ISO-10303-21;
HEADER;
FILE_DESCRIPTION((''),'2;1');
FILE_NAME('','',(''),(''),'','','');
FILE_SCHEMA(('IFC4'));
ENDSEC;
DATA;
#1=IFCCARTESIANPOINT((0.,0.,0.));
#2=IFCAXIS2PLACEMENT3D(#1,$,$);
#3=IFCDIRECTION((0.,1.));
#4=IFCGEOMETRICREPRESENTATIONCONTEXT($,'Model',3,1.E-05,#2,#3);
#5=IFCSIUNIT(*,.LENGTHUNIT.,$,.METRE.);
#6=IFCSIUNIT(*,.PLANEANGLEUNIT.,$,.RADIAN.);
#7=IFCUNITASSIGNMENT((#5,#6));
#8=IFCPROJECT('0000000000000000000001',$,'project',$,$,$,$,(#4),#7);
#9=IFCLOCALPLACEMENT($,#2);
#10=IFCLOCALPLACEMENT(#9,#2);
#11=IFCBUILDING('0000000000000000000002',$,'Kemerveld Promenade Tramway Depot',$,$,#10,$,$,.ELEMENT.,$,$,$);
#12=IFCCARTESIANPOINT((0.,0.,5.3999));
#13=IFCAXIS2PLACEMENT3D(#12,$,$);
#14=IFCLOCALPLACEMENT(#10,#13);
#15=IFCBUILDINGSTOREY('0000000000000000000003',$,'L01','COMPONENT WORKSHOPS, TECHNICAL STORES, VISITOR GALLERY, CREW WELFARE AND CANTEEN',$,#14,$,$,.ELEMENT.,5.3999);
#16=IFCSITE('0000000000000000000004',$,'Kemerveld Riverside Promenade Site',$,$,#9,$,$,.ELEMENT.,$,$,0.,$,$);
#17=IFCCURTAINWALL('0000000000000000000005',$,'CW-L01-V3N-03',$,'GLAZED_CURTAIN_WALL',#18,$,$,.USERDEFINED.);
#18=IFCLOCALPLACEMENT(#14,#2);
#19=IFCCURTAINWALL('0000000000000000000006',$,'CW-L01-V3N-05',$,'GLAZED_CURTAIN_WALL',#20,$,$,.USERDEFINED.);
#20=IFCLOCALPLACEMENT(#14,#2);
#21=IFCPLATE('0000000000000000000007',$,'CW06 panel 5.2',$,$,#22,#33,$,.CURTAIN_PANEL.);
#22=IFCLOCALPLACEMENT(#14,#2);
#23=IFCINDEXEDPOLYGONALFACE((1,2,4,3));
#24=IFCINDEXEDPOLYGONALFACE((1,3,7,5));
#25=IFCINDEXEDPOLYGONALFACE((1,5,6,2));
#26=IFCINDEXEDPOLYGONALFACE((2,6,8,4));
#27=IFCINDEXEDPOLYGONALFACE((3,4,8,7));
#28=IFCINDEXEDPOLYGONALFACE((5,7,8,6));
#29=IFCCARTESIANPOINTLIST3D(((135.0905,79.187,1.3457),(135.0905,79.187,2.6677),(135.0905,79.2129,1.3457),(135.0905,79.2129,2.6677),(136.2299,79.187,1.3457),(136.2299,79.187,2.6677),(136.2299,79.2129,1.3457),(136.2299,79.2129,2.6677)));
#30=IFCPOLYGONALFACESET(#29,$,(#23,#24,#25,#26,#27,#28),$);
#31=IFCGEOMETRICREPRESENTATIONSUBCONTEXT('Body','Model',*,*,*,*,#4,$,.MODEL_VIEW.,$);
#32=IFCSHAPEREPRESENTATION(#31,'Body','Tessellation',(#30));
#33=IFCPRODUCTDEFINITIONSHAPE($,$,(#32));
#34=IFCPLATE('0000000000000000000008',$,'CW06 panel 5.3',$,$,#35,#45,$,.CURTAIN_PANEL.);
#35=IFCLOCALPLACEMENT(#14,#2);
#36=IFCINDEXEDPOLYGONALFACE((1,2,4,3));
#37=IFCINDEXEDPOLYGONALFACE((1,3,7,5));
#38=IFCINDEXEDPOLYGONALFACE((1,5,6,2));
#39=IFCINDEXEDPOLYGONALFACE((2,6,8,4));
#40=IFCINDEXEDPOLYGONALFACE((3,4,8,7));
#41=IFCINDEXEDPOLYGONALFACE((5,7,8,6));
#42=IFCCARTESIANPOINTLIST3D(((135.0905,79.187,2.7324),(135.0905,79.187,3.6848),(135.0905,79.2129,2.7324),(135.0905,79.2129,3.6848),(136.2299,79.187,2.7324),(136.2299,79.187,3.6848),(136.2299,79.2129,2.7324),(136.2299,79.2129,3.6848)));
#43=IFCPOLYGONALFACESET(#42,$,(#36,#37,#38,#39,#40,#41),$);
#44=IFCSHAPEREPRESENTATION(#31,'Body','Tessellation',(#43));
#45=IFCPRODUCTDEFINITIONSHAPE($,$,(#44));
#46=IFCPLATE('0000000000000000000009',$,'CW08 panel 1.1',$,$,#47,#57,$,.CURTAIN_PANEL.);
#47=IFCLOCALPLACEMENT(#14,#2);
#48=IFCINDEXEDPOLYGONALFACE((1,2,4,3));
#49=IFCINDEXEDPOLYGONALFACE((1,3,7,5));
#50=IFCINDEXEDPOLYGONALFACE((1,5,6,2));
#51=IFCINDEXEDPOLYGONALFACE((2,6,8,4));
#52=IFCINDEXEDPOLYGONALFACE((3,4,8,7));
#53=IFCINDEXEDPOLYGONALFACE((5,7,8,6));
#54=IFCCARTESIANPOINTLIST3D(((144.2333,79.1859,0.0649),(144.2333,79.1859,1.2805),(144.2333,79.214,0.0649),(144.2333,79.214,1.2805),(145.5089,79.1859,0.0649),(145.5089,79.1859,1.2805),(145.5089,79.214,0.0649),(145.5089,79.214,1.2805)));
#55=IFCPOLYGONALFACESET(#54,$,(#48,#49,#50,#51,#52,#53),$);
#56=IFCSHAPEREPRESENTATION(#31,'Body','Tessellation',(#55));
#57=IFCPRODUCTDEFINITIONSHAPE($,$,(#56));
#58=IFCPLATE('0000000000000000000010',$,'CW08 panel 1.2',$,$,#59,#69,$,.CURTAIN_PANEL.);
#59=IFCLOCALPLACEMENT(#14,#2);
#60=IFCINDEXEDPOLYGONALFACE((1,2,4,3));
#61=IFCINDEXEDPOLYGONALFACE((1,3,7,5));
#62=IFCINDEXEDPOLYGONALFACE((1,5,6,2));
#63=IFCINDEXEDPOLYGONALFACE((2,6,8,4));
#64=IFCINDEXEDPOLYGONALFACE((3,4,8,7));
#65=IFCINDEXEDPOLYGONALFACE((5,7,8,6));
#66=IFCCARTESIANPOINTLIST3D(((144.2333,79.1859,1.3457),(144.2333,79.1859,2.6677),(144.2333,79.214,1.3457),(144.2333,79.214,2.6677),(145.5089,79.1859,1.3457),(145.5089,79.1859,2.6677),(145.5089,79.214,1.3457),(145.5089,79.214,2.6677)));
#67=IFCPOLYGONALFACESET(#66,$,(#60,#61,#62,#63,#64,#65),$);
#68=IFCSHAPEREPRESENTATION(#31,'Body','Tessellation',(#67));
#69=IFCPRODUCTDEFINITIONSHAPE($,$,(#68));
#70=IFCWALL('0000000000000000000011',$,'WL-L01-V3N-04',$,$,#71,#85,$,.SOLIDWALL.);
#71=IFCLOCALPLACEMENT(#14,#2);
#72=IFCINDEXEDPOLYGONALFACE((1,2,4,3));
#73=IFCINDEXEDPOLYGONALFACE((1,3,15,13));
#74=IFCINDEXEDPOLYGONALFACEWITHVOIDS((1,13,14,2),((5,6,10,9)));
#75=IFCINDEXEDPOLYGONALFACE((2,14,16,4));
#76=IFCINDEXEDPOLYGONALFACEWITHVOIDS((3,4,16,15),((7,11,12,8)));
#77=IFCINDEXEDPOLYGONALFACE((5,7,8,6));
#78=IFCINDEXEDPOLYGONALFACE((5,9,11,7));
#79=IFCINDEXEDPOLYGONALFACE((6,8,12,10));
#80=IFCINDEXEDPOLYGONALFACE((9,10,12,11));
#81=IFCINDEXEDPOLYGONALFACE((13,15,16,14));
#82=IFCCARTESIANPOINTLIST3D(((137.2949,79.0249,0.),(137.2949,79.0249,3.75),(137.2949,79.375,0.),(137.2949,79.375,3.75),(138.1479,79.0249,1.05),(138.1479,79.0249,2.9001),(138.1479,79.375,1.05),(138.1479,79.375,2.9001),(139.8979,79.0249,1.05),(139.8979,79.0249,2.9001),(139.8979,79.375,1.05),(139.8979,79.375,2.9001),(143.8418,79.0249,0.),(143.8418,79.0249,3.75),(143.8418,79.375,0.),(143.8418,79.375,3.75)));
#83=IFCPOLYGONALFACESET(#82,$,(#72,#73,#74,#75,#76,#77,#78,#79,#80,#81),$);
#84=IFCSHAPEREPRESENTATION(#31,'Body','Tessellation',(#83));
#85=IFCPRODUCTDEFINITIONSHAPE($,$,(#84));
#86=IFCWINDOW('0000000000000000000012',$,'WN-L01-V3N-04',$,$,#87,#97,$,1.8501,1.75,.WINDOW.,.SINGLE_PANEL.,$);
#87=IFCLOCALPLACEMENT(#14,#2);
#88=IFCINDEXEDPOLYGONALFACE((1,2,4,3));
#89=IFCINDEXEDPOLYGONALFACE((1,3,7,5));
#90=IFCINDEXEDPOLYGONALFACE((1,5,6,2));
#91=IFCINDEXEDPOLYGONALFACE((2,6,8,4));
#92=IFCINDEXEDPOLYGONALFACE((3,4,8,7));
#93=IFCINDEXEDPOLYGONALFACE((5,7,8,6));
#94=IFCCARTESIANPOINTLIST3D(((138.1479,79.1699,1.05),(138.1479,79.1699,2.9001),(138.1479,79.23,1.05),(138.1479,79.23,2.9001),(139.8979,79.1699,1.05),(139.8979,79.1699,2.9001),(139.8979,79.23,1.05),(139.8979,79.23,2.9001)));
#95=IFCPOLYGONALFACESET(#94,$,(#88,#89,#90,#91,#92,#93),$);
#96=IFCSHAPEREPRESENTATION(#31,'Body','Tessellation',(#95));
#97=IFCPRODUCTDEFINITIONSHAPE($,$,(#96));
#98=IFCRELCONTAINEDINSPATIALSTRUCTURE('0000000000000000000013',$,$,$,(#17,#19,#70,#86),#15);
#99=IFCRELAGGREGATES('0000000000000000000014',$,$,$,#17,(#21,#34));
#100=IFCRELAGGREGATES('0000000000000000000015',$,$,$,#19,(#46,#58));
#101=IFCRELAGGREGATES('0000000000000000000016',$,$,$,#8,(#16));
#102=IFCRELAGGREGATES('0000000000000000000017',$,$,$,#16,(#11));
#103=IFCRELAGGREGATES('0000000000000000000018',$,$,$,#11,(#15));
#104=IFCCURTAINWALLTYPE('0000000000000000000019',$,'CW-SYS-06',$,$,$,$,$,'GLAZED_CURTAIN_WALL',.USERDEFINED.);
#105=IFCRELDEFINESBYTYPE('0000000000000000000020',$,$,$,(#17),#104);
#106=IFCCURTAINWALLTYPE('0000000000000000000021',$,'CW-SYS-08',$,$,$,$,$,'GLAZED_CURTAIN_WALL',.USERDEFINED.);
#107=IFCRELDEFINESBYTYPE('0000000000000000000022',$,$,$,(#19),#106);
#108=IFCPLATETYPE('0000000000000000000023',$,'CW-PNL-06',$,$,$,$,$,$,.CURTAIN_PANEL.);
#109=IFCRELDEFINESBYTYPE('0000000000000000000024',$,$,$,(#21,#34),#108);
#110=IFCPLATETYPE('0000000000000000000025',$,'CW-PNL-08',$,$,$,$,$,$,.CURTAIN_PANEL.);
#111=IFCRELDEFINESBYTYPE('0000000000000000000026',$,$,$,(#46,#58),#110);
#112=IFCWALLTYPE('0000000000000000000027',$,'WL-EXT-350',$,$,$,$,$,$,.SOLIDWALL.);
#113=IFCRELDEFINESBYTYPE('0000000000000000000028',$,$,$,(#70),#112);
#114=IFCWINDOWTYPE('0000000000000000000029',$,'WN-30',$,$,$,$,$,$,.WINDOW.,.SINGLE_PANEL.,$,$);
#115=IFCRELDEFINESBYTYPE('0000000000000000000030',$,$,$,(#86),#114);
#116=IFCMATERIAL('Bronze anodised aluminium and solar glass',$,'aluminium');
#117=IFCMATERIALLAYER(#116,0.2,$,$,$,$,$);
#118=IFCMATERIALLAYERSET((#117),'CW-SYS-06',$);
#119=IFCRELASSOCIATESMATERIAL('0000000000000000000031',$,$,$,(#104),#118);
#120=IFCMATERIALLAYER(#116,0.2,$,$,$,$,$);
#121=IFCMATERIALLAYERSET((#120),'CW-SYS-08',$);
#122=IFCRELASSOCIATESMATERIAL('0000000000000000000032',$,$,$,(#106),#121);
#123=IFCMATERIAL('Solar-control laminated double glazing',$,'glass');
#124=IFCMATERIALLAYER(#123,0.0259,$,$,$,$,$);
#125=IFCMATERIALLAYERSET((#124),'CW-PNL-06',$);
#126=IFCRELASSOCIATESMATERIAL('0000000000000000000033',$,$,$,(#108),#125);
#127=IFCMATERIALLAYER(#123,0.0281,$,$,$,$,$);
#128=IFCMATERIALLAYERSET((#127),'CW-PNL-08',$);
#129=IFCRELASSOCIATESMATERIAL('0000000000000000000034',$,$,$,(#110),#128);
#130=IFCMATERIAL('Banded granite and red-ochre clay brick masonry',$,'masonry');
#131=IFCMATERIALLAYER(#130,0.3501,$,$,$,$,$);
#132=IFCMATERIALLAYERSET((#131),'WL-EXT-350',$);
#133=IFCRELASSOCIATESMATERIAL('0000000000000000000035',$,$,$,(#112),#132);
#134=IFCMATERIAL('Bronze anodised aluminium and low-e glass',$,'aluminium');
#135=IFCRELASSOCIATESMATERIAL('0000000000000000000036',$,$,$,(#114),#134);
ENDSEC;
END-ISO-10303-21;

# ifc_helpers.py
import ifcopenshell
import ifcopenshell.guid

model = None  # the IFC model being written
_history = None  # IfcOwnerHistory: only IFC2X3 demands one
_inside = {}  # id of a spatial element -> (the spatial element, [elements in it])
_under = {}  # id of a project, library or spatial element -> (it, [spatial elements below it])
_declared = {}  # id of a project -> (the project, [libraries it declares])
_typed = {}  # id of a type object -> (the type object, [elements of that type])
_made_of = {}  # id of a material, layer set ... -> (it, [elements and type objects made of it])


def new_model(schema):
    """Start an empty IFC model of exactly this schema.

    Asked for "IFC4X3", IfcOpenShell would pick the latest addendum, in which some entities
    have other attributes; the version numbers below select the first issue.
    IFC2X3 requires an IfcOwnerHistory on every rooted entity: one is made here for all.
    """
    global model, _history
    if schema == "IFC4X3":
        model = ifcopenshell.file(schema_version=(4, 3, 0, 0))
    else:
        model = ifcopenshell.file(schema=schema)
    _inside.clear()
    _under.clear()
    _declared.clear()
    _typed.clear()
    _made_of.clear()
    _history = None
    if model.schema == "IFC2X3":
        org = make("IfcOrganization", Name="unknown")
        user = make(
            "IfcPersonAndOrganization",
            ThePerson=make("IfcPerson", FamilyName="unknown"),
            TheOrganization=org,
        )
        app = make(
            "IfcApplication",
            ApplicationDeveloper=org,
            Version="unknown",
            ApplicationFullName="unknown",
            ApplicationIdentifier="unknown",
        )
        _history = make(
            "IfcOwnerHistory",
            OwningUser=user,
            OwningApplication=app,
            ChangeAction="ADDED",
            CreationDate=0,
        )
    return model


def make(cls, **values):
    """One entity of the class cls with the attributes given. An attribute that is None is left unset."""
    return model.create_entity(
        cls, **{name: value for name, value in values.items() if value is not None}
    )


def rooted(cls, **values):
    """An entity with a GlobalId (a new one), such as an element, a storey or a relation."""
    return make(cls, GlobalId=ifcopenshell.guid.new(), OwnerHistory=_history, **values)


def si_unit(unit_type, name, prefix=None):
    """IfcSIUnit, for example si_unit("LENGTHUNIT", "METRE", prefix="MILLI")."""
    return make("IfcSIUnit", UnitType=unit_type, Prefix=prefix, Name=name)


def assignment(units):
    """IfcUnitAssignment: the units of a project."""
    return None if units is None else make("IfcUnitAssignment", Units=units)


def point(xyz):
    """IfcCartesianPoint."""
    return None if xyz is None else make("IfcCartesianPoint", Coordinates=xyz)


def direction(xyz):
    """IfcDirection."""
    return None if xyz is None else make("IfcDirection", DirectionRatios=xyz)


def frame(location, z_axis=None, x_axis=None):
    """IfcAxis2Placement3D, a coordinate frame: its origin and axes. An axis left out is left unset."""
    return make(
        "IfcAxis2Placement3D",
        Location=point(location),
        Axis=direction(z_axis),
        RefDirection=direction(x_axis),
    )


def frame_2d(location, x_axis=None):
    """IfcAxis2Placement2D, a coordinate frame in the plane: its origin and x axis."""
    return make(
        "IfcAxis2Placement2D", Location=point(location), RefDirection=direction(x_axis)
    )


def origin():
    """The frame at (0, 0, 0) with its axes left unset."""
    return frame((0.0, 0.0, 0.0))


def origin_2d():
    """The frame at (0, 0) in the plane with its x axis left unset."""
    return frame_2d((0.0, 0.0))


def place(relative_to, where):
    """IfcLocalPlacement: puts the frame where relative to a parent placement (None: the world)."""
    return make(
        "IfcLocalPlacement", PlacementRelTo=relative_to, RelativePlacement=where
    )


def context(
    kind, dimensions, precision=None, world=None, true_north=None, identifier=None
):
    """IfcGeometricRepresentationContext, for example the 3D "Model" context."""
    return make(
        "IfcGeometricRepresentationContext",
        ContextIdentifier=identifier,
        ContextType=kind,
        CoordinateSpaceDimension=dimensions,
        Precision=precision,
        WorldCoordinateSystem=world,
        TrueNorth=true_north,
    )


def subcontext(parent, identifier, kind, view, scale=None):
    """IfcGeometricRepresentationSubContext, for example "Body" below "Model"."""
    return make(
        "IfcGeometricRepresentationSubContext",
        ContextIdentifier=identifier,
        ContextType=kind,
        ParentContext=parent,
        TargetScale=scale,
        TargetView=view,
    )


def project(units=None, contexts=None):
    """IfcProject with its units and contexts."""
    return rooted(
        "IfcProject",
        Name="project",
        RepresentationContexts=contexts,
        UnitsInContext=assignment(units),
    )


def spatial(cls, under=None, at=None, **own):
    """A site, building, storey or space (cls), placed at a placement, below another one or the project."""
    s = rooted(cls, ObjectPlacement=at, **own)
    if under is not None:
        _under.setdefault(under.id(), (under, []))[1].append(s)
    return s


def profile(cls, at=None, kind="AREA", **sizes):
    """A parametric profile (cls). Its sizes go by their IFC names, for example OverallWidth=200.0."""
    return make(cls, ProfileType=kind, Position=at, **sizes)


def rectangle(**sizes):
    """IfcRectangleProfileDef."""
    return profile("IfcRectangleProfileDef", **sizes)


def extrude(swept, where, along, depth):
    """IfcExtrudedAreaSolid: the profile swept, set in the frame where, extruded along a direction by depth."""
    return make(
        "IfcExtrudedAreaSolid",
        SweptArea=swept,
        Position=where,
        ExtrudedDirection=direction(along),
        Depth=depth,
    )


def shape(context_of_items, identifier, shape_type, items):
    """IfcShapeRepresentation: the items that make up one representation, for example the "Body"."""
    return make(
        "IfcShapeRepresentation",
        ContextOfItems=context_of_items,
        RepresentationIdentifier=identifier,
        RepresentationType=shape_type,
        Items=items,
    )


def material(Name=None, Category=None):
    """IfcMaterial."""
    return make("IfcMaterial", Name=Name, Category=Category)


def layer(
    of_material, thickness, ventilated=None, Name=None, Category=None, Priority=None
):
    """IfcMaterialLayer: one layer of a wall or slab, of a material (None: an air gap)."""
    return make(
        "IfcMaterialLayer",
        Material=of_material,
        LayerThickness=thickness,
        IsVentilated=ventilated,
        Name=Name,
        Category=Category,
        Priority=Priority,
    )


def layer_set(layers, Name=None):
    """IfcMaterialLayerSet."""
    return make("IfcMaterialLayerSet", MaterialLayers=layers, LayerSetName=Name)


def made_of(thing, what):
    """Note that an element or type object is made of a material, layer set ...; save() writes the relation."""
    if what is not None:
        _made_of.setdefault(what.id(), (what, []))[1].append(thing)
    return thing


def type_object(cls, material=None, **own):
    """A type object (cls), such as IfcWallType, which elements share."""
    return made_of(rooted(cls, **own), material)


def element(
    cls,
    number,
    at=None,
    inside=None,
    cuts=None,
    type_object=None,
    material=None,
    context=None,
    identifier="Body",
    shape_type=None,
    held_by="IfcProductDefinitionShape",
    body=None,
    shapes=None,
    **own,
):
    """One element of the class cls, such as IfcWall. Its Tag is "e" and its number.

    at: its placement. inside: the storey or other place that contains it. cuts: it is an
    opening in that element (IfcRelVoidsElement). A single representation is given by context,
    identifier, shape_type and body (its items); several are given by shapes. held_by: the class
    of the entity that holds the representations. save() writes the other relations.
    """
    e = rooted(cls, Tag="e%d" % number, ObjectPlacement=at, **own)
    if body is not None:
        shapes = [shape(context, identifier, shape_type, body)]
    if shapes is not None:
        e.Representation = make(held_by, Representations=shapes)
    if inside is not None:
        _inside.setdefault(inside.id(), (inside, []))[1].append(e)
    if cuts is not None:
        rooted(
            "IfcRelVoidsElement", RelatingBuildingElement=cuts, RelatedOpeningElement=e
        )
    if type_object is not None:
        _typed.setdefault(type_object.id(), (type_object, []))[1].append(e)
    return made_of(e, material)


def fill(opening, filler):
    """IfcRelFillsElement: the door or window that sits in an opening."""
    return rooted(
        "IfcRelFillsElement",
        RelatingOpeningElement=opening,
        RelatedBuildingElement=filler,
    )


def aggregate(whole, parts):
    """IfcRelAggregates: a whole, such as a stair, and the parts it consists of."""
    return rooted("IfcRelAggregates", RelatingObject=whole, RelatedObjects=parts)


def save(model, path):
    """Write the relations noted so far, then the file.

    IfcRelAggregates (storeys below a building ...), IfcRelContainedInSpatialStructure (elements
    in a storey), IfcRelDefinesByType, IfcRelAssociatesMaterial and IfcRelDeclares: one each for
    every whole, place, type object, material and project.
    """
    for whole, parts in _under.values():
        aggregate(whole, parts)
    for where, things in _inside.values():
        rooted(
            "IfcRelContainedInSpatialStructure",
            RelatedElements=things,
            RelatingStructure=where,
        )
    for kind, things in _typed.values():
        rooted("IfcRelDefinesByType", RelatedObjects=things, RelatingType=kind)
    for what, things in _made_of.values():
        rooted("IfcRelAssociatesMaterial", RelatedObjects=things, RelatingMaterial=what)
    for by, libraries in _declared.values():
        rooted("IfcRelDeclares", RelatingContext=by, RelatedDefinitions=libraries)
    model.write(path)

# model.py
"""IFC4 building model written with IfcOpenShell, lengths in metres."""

from ifc_helpers import new_model, si_unit, direction, frame, frame_2d, origin, origin_2d, place, context, subcontext, project, spatial, rectangle, extrude, material, layer, layer_set, type_object, element, fill, aggregate, save


model = new_model("IFC4")

# Units and contexts
model_context = context("Model", 3, precision=1e-05, world=origin(), true_north=direction((0.0, 1.0)))
body_context = subcontext(model_context, "Body", "Model", "MODEL_VIEW")
ifc_project = project(units=[si_unit("LENGTHUNIT", "METRE"), si_unit("PLANEANGLEUNIT", "RADIAN")], contexts=[model_context])

# Site, building, storey
site_placement = place(None, origin())
site = spatial("IfcSite", under=ifc_project, at=site_placement, Name="Kemerveld Riverside Promenade Site", CompositionType="ELEMENT", RefElevation=0.0)
building_placement = place(site_placement, origin())
building = spatial("IfcBuilding", under=site, at=building_placement, Name="Kemerveld Promenade Tramway Depot", CompositionType="ELEMENT")
storey_placement = place(building_placement, frame((0.0, 0.0, 5.3999)))
storey = spatial("IfcBuildingStorey", under=building, at=storey_placement, Name="L01", Description="COMPONENT WORKSHOPS, TECHNICAL STORES, VISITOR GALLERY, CREW WELFARE AND CANTEEN", CompositionType="ELEMENT", Elevation=5.3999)

# Curtain wall
ifc_material_1 = material(Name="Bronze anodised aluminium and solar glass", Category="aluminium")
ifc_layer_1 = layer(ifc_material_1, 0.2)
ifc_layer_set_1 = layer_set([ifc_layer_1], Name="CW-SYS-06")
curtain_wall_type_1 = type_object("IfcCurtainWallType", Name="CW-SYS-06", ElementType="GLAZED_CURTAIN_WALL", PredefinedType="USERDEFINED", material=ifc_layer_set_1)
curtain_wall_1_placement = place(storey_placement, origin())
curtain_wall_1 = element("IfcCurtainWall", 1, at=curtain_wall_1_placement, inside=storey, type_object=curtain_wall_type_1, Name="CW-L01-V3N-03", ObjectType="GLAZED_CURTAIN_WALL", PredefinedType="USERDEFINED")

# Curtain wall
ifc_layer_2 = layer(ifc_material_1, 0.2)
ifc_layer_set_2 = layer_set([ifc_layer_2], Name="CW-SYS-08")
curtain_wall_type_2 = type_object("IfcCurtainWallType", Name="CW-SYS-08", ElementType="GLAZED_CURTAIN_WALL", PredefinedType="USERDEFINED", material=ifc_layer_set_2)
curtain_wall_2_placement = place(storey_placement, origin())
curtain_wall_2 = element("IfcCurtainWall", 2, at=curtain_wall_2_placement, inside=storey, type_object=curtain_wall_type_2, Name="CW-L01-V3N-05", ObjectType="GLAZED_CURTAIN_WALL", PredefinedType="USERDEFINED")

# Plates
ifc_material_2 = material(Name="Solar-control laminated double glazing", Category="glass")
ifc_layer_3 = layer(ifc_material_2, 0.0259)
ifc_layer_set_3 = layer_set([ifc_layer_3], Name="CW-PNL-06")
plate_type_1 = type_object("IfcPlateType", Name="CW-PNL-06", PredefinedType="CURTAIN_PANEL", material=ifc_layer_set_3)
plate_1_placement = place(storey_placement, frame((135.6602, 79.2, 1.3457), z_axis=(0.0, 0.0, 1.0), x_axis=(1.0, 0.0, 0.0)))
plate_1 = element("IfcPlate", 3, at=plate_1_placement, type_object=plate_type_1, Name="CW06 panel 5.2", PredefinedType="CURTAIN_PANEL", context=body_context, shape_type="SweptSolid", body=[
    extrude(rectangle(XDim=1.1394, YDim=0.0259, at=origin_2d()), origin(), (0.0, 0.0, 1.0), 1.322),
])
plate_2_placement = place(storey_placement, frame((135.6602, 79.2, 2.7324), z_axis=(0.0, 0.0, 1.0), x_axis=(1.0, 0.0, 0.0)))
plate_2 = element("IfcPlate", 4, at=plate_2_placement, type_object=plate_type_1, Name="CW06 panel 5.3", PredefinedType="CURTAIN_PANEL", context=body_context, shape_type="SweptSolid", body=[
    extrude(rectangle(XDim=1.1394, YDim=0.0259, at=origin_2d()), origin(), (0.0, 0.0, 1.0), 0.9524),
])
aggregate(curtain_wall_1, [plate_1, plate_2])
ifc_layer_4 = layer(ifc_material_2, 0.0281)
ifc_layer_set_4 = layer_set([ifc_layer_4], Name="CW-PNL-08")
plate_type_2 = type_object("IfcPlateType", Name="CW-PNL-08", PredefinedType="CURTAIN_PANEL", material=ifc_layer_set_4)
plate_3_placement = place(storey_placement, frame((144.8711, 79.2, 0.0649), z_axis=(0.0, 0.0, 1.0), x_axis=(1.0, 0.0, 0.0)))
plate_3 = element("IfcPlate", 5, at=plate_3_placement, type_object=plate_type_2, Name="CW08 panel 1.1", PredefinedType="CURTAIN_PANEL", context=body_context, shape_type="SweptSolid", body=[
    extrude(rectangle(XDim=1.2756, YDim=0.0281, at=origin_2d()), origin(), (0.0, 0.0, 1.0), 1.2156),
])
plate_4_placement = place(storey_placement, frame((144.8711, 79.2, 1.3457), z_axis=(0.0, 0.0, 1.0), x_axis=(1.0, 0.0, 0.0)))
plate_4 = element("IfcPlate", 6, at=plate_4_placement, type_object=plate_type_2, Name="CW08 panel 1.2", PredefinedType="CURTAIN_PANEL", context=body_context, shape_type="SweptSolid", body=[
    extrude(rectangle(XDim=1.2756, YDim=0.0281, at=origin_2d()), origin(), (0.0, 0.0, 1.0), 1.322),
])
aggregate(curtain_wall_2, [plate_3, plate_4])

# Wall, opening, window
ifc_material_3 = material(Name="Banded granite and red-ochre clay brick masonry", Category="masonry")
ifc_layer_5 = layer(ifc_material_3, 0.3501)
ifc_layer_set_5 = layer_set([ifc_layer_5], Name="WL-EXT-350")
wall_type = type_object("IfcWallType", Name="WL-EXT-350", PredefinedType="SOLIDWALL", material=ifc_layer_set_5)
wall_placement = place(storey_placement, frame((137.2949, 79.2, 0.0), z_axis=(0.0, 0.0, 1.0), x_axis=(1.0, 0.0, 0.0)))
wall = element("IfcWall", 7, at=wall_placement, inside=storey, type_object=wall_type, Name="WL-L01-V3N-04", PredefinedType="SOLIDWALL", context=body_context, shape_type="SweptSolid", body=[
    extrude(rectangle(XDim=6.5469, YDim=0.3501, at=frame_2d((3.2734, 0.0))), origin(), (0.0, 0.0, 1.0), 3.75),
])
opening_placement = place(wall_placement, frame((0.853, 0.0, 1.05)))
opening = element("IfcOpeningElement", 8, at=opening_placement, cuts=wall, PredefinedType="OPENING", context=body_context, shape_type="SweptSolid", body=[
    extrude(rectangle(XDim=1.75, YDim=1.8501, at=frame_2d((0.875, 0.925))), frame((0.0, 0.1851, 0.0), z_axis=(0.0, -1.0, 0.0), x_axis=(1.0, 0.0, 0.0)), (0.0, 0.0, 1.0), 0.3701),
])
ifc_material_4 = material(Name="Bronze anodised aluminium and low-e glass", Category="aluminium")
window_type = type_object("IfcWindowType", Name="WN-30", PartitioningType="SINGLE_PANEL", PredefinedType="WINDOW", material=ifc_material_4)
window_placement = place(opening_placement, origin())
window = element("IfcWindow", 9, at=window_placement, inside=storey, type_object=window_type, Name="WN-L01-V3N-04", OverallHeight=1.8501, OverallWidth=1.75, PartitioningType="SINGLE_PANEL", PredefinedType="WINDOW", context=body_context, shape_type="SweptSolid", body=[
    extrude(rectangle(XDim=1.75, YDim=1.8501, at=frame_2d((0.875, 0.925))), frame((0.0, 0.03, 0.0), z_axis=(0.0, -1.0, 0.0), x_axis=(1.0, 0.0, 0.0)), (0.0, 0.0, 1.0), 0.0601),
])
fill(opening, window)

save(model, "model.ifc")
